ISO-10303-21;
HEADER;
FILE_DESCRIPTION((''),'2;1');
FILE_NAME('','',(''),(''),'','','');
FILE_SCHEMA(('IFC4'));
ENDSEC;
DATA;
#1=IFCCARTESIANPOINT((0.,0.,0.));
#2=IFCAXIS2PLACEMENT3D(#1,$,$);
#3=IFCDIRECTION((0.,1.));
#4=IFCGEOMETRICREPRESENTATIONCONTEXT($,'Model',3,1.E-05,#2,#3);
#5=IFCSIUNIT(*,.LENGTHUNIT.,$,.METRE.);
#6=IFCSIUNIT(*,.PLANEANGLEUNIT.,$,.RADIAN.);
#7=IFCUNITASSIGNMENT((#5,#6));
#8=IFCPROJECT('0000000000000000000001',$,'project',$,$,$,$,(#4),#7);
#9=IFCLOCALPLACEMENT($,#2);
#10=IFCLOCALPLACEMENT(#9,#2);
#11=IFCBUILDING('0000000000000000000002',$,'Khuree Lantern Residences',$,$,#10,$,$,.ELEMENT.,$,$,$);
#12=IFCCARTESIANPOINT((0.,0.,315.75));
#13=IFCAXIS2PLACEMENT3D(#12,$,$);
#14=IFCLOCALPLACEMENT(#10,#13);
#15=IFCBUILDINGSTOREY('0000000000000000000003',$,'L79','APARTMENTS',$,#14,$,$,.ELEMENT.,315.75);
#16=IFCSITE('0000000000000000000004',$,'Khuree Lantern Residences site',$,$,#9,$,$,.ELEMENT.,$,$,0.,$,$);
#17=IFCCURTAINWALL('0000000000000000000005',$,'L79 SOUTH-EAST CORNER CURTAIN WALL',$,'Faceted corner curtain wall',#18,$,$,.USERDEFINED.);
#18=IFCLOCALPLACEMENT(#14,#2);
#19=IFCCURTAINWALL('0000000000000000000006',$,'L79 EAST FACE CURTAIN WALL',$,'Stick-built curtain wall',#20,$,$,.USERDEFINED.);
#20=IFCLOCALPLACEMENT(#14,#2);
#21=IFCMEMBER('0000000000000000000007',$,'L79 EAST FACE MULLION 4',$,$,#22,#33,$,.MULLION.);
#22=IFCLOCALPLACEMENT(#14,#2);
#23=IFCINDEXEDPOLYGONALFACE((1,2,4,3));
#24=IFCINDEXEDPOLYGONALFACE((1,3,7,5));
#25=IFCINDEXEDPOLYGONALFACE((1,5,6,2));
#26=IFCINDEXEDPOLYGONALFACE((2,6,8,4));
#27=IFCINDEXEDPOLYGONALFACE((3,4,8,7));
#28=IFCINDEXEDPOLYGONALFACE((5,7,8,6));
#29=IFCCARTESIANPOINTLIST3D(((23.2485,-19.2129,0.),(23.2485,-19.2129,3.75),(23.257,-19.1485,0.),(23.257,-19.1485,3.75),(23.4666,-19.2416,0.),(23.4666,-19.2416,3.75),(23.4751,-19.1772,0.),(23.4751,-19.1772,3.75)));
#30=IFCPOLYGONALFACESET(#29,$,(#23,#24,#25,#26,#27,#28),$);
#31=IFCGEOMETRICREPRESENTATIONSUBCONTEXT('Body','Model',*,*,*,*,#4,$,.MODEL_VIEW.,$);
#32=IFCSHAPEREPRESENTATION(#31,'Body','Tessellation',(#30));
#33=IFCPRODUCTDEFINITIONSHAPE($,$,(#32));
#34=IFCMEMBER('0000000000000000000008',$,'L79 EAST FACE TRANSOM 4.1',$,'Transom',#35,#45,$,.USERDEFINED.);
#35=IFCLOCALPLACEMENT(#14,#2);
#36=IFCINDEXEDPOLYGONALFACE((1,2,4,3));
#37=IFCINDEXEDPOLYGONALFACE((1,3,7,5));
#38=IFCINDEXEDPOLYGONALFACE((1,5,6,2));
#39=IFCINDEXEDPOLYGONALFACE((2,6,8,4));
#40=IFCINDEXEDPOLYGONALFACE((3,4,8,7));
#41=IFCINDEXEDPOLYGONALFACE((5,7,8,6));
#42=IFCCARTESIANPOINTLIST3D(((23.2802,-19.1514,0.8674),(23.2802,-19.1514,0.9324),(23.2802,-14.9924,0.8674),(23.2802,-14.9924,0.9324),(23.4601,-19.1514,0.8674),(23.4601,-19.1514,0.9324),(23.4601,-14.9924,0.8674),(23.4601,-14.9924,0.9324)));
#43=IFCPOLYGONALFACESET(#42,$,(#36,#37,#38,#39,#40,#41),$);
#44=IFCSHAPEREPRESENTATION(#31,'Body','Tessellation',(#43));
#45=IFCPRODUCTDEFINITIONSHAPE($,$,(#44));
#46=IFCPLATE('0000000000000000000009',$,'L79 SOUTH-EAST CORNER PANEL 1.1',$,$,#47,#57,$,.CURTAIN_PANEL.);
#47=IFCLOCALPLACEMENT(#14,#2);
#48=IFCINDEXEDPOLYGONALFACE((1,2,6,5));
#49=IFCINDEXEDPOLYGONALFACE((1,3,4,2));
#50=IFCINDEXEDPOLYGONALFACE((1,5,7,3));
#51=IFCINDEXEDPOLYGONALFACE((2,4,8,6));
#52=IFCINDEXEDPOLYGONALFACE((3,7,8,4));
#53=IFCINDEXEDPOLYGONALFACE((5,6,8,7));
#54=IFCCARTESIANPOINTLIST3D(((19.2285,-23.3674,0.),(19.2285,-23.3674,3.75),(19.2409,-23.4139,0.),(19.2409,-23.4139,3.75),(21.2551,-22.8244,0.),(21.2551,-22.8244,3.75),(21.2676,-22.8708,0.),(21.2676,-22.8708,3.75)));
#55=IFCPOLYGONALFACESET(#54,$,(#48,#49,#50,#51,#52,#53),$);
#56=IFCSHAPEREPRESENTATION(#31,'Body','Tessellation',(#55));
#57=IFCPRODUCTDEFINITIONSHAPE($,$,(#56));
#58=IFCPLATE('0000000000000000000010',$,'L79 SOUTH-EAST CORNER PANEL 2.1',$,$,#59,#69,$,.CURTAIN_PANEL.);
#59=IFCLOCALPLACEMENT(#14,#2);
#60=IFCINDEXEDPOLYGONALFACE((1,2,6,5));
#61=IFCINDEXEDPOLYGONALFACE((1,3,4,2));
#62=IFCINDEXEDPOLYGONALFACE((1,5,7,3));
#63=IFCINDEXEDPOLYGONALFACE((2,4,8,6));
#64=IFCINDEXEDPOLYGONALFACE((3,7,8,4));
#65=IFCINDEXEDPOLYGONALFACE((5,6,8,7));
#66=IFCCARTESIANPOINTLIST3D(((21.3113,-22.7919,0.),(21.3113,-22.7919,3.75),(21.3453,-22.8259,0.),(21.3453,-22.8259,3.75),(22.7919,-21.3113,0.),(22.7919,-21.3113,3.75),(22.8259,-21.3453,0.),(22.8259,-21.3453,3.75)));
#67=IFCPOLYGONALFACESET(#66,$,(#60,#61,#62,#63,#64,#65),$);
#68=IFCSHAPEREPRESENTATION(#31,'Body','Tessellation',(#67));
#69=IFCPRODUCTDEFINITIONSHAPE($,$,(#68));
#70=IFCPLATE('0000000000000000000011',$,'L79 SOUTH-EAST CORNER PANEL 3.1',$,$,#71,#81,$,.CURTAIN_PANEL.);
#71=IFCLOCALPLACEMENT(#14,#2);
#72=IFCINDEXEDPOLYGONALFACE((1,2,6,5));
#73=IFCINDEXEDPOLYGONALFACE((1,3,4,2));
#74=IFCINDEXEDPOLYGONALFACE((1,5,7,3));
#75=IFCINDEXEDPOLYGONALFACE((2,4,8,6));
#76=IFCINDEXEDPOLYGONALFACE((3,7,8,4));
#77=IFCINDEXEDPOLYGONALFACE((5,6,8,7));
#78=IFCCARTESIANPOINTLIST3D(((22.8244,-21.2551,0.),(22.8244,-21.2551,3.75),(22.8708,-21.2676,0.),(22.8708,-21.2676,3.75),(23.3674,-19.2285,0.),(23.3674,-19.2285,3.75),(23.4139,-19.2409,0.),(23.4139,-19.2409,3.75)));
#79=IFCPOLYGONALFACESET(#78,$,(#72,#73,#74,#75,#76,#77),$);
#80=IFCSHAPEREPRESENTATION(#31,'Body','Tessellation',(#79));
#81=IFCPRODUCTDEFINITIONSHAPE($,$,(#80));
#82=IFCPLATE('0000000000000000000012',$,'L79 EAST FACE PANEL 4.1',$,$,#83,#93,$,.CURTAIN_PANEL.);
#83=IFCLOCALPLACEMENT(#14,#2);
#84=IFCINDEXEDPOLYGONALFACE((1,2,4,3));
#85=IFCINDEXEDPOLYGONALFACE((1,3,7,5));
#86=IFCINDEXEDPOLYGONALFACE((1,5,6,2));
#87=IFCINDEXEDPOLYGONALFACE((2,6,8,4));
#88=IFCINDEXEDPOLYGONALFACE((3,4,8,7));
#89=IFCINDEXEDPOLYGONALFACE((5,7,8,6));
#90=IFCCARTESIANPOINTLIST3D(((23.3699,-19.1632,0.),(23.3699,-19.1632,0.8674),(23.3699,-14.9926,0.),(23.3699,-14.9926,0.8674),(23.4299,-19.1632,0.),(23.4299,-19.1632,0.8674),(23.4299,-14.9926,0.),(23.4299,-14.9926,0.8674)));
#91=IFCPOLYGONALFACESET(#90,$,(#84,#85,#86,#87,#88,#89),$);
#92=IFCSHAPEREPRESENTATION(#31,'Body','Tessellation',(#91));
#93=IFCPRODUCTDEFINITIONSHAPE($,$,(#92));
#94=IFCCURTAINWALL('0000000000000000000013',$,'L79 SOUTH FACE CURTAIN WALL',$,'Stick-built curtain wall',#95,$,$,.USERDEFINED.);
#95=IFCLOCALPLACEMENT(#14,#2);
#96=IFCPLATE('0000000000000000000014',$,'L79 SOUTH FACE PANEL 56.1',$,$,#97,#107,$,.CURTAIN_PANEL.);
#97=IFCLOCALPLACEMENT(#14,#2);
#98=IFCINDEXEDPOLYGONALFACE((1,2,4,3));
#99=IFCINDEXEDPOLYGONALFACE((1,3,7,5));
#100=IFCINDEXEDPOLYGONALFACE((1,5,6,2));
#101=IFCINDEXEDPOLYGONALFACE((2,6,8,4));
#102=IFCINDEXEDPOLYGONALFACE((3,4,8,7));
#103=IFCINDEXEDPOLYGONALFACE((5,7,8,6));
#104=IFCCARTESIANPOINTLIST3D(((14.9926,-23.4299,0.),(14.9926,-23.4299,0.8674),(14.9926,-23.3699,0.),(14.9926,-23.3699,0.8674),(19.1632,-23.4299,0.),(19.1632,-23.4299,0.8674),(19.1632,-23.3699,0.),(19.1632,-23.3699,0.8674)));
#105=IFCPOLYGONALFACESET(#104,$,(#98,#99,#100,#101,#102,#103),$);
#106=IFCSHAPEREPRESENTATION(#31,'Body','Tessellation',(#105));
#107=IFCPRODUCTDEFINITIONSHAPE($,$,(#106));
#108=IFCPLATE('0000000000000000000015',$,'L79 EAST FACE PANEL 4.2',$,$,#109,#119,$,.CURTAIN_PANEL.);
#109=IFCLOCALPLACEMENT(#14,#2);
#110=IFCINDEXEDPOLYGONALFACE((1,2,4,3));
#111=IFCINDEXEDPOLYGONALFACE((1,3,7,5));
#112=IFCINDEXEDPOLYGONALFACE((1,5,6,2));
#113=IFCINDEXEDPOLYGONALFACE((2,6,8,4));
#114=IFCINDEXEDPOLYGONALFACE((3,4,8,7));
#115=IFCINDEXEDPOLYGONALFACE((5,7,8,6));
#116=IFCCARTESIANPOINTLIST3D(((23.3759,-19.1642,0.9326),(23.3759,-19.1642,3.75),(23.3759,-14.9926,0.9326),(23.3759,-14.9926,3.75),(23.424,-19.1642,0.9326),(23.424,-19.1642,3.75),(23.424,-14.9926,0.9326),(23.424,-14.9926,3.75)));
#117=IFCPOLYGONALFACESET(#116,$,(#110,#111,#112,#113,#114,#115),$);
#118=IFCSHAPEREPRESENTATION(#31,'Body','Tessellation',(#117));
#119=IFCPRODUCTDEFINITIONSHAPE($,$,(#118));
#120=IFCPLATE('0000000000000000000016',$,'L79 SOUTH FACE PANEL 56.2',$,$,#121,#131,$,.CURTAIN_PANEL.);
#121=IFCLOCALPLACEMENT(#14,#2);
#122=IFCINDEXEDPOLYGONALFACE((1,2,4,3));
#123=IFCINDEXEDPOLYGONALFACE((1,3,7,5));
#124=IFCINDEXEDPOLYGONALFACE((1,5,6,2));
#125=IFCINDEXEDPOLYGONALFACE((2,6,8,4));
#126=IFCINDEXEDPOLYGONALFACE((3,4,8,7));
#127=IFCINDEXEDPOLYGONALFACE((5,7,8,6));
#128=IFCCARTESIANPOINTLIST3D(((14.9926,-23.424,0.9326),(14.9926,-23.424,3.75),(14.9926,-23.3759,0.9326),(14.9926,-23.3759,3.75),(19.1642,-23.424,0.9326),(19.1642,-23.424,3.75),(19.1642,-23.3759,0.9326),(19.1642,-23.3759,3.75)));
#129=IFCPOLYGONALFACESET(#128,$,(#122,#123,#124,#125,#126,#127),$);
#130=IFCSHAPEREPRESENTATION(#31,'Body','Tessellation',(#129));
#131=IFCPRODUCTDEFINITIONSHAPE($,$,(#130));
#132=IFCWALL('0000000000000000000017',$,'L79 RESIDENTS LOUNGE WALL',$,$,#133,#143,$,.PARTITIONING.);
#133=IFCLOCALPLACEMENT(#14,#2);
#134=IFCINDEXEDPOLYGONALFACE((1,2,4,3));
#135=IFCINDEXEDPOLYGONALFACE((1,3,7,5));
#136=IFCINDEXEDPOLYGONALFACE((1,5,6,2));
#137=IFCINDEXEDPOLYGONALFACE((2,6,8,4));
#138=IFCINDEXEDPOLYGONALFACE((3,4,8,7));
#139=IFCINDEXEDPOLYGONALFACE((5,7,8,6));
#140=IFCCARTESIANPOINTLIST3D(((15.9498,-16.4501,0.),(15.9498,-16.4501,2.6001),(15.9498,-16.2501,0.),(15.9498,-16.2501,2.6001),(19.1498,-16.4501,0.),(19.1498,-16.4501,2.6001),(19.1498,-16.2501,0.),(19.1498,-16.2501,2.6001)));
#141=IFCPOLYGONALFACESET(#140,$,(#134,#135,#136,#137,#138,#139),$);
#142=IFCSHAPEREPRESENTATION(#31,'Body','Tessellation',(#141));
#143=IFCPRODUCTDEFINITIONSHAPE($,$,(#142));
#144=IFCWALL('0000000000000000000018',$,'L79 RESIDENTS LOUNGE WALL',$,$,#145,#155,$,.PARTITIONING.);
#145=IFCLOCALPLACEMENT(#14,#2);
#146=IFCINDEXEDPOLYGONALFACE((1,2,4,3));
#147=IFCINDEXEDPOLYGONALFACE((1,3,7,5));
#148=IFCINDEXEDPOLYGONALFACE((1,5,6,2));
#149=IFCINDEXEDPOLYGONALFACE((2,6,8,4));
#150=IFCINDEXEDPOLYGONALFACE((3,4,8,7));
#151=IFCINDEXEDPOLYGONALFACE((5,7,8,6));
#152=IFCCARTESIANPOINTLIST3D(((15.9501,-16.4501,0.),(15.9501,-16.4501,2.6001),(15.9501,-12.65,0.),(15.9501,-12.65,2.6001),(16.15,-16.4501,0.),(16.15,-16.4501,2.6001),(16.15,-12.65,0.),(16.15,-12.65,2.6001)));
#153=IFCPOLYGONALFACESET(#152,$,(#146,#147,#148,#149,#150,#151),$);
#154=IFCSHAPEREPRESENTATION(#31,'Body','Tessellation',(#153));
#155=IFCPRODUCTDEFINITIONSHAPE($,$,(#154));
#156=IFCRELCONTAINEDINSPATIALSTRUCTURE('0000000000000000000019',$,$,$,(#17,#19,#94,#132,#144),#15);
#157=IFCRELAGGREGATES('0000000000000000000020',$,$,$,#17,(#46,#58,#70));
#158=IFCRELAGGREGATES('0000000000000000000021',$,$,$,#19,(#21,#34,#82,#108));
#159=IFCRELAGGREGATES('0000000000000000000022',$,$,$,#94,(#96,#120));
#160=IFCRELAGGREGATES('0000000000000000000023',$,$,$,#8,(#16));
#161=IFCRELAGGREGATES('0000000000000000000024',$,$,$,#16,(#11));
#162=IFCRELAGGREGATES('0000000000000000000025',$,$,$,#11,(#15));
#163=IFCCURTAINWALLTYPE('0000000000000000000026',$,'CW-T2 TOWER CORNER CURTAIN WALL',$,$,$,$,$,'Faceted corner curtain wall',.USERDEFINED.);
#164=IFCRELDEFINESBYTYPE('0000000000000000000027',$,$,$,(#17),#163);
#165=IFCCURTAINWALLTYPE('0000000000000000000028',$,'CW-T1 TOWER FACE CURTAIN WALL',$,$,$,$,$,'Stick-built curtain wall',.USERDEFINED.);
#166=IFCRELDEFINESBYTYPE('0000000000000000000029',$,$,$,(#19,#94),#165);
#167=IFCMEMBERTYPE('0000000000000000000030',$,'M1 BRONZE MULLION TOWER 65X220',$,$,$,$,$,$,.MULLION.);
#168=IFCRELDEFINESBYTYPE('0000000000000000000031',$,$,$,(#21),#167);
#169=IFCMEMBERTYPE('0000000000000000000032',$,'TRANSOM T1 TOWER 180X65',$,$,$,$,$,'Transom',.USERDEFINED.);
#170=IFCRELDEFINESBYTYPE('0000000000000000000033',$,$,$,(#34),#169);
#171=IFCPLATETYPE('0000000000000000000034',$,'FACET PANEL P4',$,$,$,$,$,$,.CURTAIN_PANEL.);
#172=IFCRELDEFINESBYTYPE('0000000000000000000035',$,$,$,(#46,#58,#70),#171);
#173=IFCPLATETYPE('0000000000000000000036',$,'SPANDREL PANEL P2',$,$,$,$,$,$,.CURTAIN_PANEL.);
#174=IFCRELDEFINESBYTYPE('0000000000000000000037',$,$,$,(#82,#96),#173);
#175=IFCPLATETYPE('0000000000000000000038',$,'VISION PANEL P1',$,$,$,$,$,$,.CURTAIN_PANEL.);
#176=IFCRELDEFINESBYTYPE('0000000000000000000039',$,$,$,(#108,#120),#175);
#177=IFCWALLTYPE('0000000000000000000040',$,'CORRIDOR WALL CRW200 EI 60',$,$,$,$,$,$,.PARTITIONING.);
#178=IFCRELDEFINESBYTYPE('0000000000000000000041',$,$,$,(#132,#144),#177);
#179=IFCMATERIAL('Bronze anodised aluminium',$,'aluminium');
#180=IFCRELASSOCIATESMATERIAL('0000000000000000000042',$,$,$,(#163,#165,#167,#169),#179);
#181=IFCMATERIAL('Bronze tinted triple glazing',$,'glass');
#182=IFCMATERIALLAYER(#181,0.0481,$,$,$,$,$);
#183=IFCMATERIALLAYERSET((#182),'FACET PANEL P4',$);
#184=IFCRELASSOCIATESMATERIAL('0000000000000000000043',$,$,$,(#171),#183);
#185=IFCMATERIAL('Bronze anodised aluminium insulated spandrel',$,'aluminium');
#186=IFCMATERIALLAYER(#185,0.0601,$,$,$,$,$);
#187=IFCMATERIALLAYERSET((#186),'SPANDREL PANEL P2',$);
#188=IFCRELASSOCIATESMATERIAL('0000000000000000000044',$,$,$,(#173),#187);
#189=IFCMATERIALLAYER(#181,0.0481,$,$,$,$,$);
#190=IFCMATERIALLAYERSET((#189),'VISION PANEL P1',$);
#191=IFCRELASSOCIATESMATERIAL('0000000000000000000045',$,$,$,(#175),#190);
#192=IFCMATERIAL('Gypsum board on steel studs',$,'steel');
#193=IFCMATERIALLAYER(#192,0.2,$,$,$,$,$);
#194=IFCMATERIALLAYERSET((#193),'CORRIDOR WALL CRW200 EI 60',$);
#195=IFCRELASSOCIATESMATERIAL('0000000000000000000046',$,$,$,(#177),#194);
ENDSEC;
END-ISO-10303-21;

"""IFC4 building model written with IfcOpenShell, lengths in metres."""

from ifc_helpers import new_model, si_unit, direction, frame, frame_2d, origin, origin_2d, place, context, subcontext, project, spatial, rectangle, extrude, material, layer, layer_set, material_profile, profile_set, type_object, element, aggregate, save


model = new_model("IFC4")

# Units and contexts
model_context = context("Model", 3, precision=1e-05, world=origin(), true_north=direction((0.0, 1.0)))
body_context = subcontext(model_context, "Body", "Model", "MODEL_VIEW")
ifc_project = project(units=[si_unit("LENGTHUNIT", "METRE"), si_unit("PLANEANGLEUNIT", "RADIAN")], contexts=[model_context])

# Site, building, storey
site_placement = place(None, origin())
site = spatial("IfcSite", under=ifc_project, at=site_placement, Name="Khuree Lantern Residences site", CompositionType="ELEMENT", RefElevation=0.0)
building_placement = place(site_placement, origin())
building = spatial("IfcBuilding", under=site, at=building_placement, Name="Khuree Lantern Residences", CompositionType="ELEMENT")
storey_placement = place(building_placement, frame((0.0, 0.0, 315.75)))
storey = spatial("IfcBuildingStorey", under=building, at=storey_placement, Name="L79", Description="APARTMENTS", CompositionType="ELEMENT", Elevation=315.75)

# Curtain wall
ifc_material_1 = material(Name="Bronze anodised aluminium", Category="aluminium")
curtain_wall_type_1 = type_object("IfcCurtainWallType", Name="CW-T2 TOWER CORNER CURTAIN WALL", ElementType="Faceted corner curtain wall", PredefinedType="USERDEFINED", material=ifc_material_1)
curtain_wall_1_placement = place(storey_placement, origin())
curtain_wall_1 = element("IfcCurtainWall", 1, at=curtain_wall_1_placement, inside=storey, type_object=curtain_wall_type_1, Name="L79 SOUTH-EAST CORNER CURTAIN WALL", ObjectType="Faceted corner curtain wall", PredefinedType="USERDEFINED")

# Shared definitions
ifc_material_profile_1 = material_profile(ifc_material_1, rectangle(XDim=0.0649, YDim=0.22, at=origin_2d()), Name="M1 65X220")
ifc_profile_set_1 = profile_set([ifc_material_profile_1], Name="Bronze anodised aluminium")
member_type_1 = type_object("IfcMemberType", Name="M1 BRONZE MULLION TOWER 65X220", PredefinedType="MULLION", material=ifc_profile_set_1)

# Curtain wall, members
curtain_wall_type_2 = type_object("IfcCurtainWallType", Name="CW-T1 TOWER FACE CURTAIN WALL", ElementType="Stick-built curtain wall", PredefinedType="USERDEFINED", material=ifc_material_1)
curtain_wall_2_placement = place(storey_placement, origin())
curtain_wall_2 = element("IfcCurtainWall", 2, at=curtain_wall_2_placement, inside=storey, type_object=curtain_wall_type_2, Name="L79 EAST FACE CURTAIN WALL", ObjectType="Stick-built curtain wall", PredefinedType="USERDEFINED")
member_1_placement = place(storey_placement, frame((23.3618, -19.1951, 0.0), z_axis=(0.0, 0.0, 1.0), x_axis=(0.130526, 0.991445, 0.0)))
member_1 = element("IfcMember", 3, at=member_1_placement, type_object=member_type_1, Name="L79 EAST FACE MULLION 4", PredefinedType="MULLION", context=body_context, shape_type="SweptSolid", body=[
    extrude(rectangle(XDim=0.0649, YDim=0.22, at=origin_2d()), origin(), (0.0, 0.0, 1.0), 3.75),
])
ifc_material_profile_2 = material_profile(ifc_material_1, rectangle(XDim=0.1799, YDim=0.0649, at=origin_2d()), Name="T1 180X65")
ifc_profile_set_2 = profile_set([ifc_material_profile_2], Name="Bronze anodised aluminium")
member_type_2 = type_object("IfcMemberType", Name="TRANSOM T1 TOWER 180X65", ElementType="Transom", PredefinedType="USERDEFINED", material=ifc_profile_set_2)
member_2_placement = place(storey_placement, frame((23.3701, -19.1514, 0.8999), z_axis=(0.0, 1.0, 0.0), x_axis=(-1.0, 0.0, 0.0)))
member_2 = element("IfcMember", 4, at=member_2_placement, type_object=member_type_2, Name="L79 EAST FACE TRANSOM 4.1", ObjectType="Transom", PredefinedType="USERDEFINED", context=body_context, shape_type="SweptSolid", body=[
    extrude(rectangle(XDim=0.1799, YDim=0.0649, at=origin_2d()), origin(), (0.0, 0.0, 1.0), 4.1589),
])

# Plates
ifc_material_2 = material(Name="Bronze tinted triple glazing", Category="glass")
ifc_layer_1 = layer(ifc_material_2, 0.0481)
ifc_layer_set_1 = layer_set([ifc_layer_1], Name="FACET PANEL P4")
plate_type_1 = type_object("IfcPlateType", Name="FACET PANEL P4", PredefinedType="CURTAIN_PANEL", material=ifc_layer_set_1)
plate_1_placement = place(storey_placement, frame((20.248, -23.1191, 0.0), z_axis=(0.0, 0.0, 1.0), x_axis=(0.965926, 0.258819, 0.0)))
plate_1 = element("IfcPlate", 5, at=plate_1_placement, type_object=plate_type_1, Name="L79 SOUTH-EAST CORNER PANEL 1.1", PredefinedType="CURTAIN_PANEL", context=body_context, shape_type="SweptSolid", body=[
    extrude(rectangle(XDim=2.0981, YDim=0.0481, at=origin_2d()), origin(), (0.0, 0.0, 1.0), 3.75),
])
plate_2_placement = place(storey_placement, frame((22.0686, -22.0686, 0.0), z_axis=(0.0, 0.0, 1.0), x_axis=(0.707107, 0.707107, 0.0)))
plate_2 = element("IfcPlate", 6, at=plate_2_placement, type_object=plate_type_1, Name="L79 SOUTH-EAST CORNER PANEL 2.1", PredefinedType="CURTAIN_PANEL", context=body_context, shape_type="SweptSolid", body=[
    extrude(rectangle(XDim=2.094, YDim=0.0481, at=origin_2d()), origin(), (0.0, 0.0, 1.0), 3.75),
])
plate_3_placement = place(storey_placement, frame((23.1191, -20.248, 0.0), z_axis=(0.0, 0.0, 1.0), x_axis=(0.258819, 0.965926, 0.0)))
plate_3 = element("IfcPlate", 7, at=plate_3_placement, type_object=plate_type_1, Name="L79 SOUTH-EAST CORNER PANEL 3.1", PredefinedType="CURTAIN_PANEL", context=body_context, shape_type="SweptSolid", body=[
    extrude(rectangle(XDim=2.0981, YDim=0.0481, at=origin_2d()), origin(), (0.0, 0.0, 1.0), 3.75),
])
aggregate(curtain_wall_1, [plate_1, plate_2, plate_3])
ifc_material_3 = material(Name="Bronze anodised aluminium insulated spandrel", Category="aluminium")
ifc_layer_2 = layer(ifc_material_3, 0.0601)
ifc_layer_set_2 = layer_set([ifc_layer_2], Name="SPANDREL PANEL P2")
plate_type_2 = type_object("IfcPlateType", Name="SPANDREL PANEL P2", PredefinedType="CURTAIN_PANEL", material=ifc_layer_set_2)
plate_4_placement = place(storey_placement, frame((23.3999, -17.0779, 0.0), z_axis=(0.0, 0.0, 1.0), x_axis=(0.0, 1.0, 0.0)))
plate_4 = element("IfcPlate", 8, at=plate_4_placement, type_object=plate_type_2, Name="L79 EAST FACE PANEL 4.1", PredefinedType="CURTAIN_PANEL", context=body_context, shape_type="SweptSolid", body=[
    extrude(rectangle(XDim=4.1707, YDim=0.0601, at=origin_2d()), origin(), (0.0, 0.0, 1.0), 0.8674),
])

# Curtain wall, plate
curtain_wall_3_placement = place(storey_placement, origin())
curtain_wall_3 = element("IfcCurtainWall", 9, at=curtain_wall_3_placement, inside=storey, type_object=curtain_wall_type_2, Name="L79 SOUTH FACE CURTAIN WALL", ObjectType="Stick-built curtain wall", PredefinedType="USERDEFINED")
plate_5_placement = place(storey_placement, frame((17.0779, -23.3999, 0.0), z_axis=(0.0, 0.0, 1.0), x_axis=(1.0, 0.0, 0.0)))
plate_5 = element("IfcPlate", 10, at=plate_5_placement, type_object=plate_type_2, Name="L79 SOUTH FACE PANEL 56.1", PredefinedType="CURTAIN_PANEL", context=body_context, shape_type="SweptSolid", body=[
    extrude(rectangle(XDim=4.1707, YDim=0.0601, at=origin_2d()), origin(), (0.0, 0.0, 1.0), 0.8674),
])

# Plates
ifc_layer_3 = layer(ifc_material_2, 0.0481)
ifc_layer_set_3 = layer_set([ifc_layer_3], Name="VISION PANEL P1")
plate_type_3 = type_object("IfcPlateType", Name="VISION PANEL P1", PredefinedType="CURTAIN_PANEL", material=ifc_layer_set_3)
plate_6_placement = place(storey_placement, frame((23.3999, -17.0784, 0.9326), z_axis=(0.0, 0.0, 1.0), x_axis=(0.0, 1.0, 0.0)))
plate_6 = element("IfcPlate", 11, at=plate_6_placement, type_object=plate_type_3, Name="L79 EAST FACE PANEL 4.2", PredefinedType="CURTAIN_PANEL", context=body_context, shape_type="SweptSolid", body=[
    extrude(rectangle(XDim=4.1716, YDim=0.0481, at=origin_2d()), origin(), (0.0, 0.0, 1.0), 2.8174),
])
aggregate(curtain_wall_2, [member_1, member_2, plate_4, plate_6])
plate_7_placement = place(storey_placement, frame((17.0784, -23.3999, 0.9326), z_axis=(0.0, 0.0, 1.0), x_axis=(1.0, 0.0, 0.0)))
plate_7 = element("IfcPlate", 12, at=plate_7_placement, type_object=plate_type_3, Name="L79 SOUTH FACE PANEL 56.2", PredefinedType="CURTAIN_PANEL", context=body_context, shape_type="SweptSolid", body=[
    extrude(rectangle(XDim=4.1716, YDim=0.0481, at=origin_2d()), origin(), (0.0, 0.0, 1.0), 2.8174),
])
aggregate(curtain_wall_3, [plate_5, plate_7])

# Walls
ifc_material_4 = material(Name="Gypsum board on steel studs", Category="steel")
ifc_layer_4 = layer(ifc_material_4, 0.2)
ifc_layer_set_4 = layer_set([ifc_layer_4], Name="CORRIDOR WALL CRW200 EI 60")
wall_type = type_object("IfcWallType", Name="CORRIDOR WALL CRW200 EI 60", PredefinedType="PARTITIONING", material=ifc_layer_set_4)
wall_1_placement = place(storey_placement, frame((19.1499, -16.3501, 0.0), z_axis=(0.0, 0.0, 1.0), x_axis=(-1.0, 0.0, 0.0)))
element("IfcWall", 13, at=wall_1_placement, inside=storey, type_object=wall_type, Name="L79 RESIDENTS LOUNGE WALL", PredefinedType="PARTITIONING", context=body_context, shape_type="SweptSolid", body=[
    extrude(rectangle(XDim=3.2, YDim=0.2, at=frame_2d((1.6001, 0.0))), origin(), (0.0, 0.0, 1.0), 2.6001),
])
wall_2_placement = place(storey_placement, frame((16.05, -16.45, 0.0), z_axis=(0.0, 0.0, 1.0), x_axis=(0.0, 1.0, 0.0)))
element("IfcWall", 14, at=wall_2_placement, inside=storey, type_object=wall_type, Name="L79 RESIDENTS LOUNGE WALL", PredefinedType="PARTITIONING", context=body_context, shape_type="SweptSolid", body=[
    extrude(rectangle(XDim=3.8, YDim=0.2, at=frame_2d((1.8999, 0.0))), origin(), (0.0, 0.0, 1.0), 2.6001),
])

save(model, "model.ifc")
